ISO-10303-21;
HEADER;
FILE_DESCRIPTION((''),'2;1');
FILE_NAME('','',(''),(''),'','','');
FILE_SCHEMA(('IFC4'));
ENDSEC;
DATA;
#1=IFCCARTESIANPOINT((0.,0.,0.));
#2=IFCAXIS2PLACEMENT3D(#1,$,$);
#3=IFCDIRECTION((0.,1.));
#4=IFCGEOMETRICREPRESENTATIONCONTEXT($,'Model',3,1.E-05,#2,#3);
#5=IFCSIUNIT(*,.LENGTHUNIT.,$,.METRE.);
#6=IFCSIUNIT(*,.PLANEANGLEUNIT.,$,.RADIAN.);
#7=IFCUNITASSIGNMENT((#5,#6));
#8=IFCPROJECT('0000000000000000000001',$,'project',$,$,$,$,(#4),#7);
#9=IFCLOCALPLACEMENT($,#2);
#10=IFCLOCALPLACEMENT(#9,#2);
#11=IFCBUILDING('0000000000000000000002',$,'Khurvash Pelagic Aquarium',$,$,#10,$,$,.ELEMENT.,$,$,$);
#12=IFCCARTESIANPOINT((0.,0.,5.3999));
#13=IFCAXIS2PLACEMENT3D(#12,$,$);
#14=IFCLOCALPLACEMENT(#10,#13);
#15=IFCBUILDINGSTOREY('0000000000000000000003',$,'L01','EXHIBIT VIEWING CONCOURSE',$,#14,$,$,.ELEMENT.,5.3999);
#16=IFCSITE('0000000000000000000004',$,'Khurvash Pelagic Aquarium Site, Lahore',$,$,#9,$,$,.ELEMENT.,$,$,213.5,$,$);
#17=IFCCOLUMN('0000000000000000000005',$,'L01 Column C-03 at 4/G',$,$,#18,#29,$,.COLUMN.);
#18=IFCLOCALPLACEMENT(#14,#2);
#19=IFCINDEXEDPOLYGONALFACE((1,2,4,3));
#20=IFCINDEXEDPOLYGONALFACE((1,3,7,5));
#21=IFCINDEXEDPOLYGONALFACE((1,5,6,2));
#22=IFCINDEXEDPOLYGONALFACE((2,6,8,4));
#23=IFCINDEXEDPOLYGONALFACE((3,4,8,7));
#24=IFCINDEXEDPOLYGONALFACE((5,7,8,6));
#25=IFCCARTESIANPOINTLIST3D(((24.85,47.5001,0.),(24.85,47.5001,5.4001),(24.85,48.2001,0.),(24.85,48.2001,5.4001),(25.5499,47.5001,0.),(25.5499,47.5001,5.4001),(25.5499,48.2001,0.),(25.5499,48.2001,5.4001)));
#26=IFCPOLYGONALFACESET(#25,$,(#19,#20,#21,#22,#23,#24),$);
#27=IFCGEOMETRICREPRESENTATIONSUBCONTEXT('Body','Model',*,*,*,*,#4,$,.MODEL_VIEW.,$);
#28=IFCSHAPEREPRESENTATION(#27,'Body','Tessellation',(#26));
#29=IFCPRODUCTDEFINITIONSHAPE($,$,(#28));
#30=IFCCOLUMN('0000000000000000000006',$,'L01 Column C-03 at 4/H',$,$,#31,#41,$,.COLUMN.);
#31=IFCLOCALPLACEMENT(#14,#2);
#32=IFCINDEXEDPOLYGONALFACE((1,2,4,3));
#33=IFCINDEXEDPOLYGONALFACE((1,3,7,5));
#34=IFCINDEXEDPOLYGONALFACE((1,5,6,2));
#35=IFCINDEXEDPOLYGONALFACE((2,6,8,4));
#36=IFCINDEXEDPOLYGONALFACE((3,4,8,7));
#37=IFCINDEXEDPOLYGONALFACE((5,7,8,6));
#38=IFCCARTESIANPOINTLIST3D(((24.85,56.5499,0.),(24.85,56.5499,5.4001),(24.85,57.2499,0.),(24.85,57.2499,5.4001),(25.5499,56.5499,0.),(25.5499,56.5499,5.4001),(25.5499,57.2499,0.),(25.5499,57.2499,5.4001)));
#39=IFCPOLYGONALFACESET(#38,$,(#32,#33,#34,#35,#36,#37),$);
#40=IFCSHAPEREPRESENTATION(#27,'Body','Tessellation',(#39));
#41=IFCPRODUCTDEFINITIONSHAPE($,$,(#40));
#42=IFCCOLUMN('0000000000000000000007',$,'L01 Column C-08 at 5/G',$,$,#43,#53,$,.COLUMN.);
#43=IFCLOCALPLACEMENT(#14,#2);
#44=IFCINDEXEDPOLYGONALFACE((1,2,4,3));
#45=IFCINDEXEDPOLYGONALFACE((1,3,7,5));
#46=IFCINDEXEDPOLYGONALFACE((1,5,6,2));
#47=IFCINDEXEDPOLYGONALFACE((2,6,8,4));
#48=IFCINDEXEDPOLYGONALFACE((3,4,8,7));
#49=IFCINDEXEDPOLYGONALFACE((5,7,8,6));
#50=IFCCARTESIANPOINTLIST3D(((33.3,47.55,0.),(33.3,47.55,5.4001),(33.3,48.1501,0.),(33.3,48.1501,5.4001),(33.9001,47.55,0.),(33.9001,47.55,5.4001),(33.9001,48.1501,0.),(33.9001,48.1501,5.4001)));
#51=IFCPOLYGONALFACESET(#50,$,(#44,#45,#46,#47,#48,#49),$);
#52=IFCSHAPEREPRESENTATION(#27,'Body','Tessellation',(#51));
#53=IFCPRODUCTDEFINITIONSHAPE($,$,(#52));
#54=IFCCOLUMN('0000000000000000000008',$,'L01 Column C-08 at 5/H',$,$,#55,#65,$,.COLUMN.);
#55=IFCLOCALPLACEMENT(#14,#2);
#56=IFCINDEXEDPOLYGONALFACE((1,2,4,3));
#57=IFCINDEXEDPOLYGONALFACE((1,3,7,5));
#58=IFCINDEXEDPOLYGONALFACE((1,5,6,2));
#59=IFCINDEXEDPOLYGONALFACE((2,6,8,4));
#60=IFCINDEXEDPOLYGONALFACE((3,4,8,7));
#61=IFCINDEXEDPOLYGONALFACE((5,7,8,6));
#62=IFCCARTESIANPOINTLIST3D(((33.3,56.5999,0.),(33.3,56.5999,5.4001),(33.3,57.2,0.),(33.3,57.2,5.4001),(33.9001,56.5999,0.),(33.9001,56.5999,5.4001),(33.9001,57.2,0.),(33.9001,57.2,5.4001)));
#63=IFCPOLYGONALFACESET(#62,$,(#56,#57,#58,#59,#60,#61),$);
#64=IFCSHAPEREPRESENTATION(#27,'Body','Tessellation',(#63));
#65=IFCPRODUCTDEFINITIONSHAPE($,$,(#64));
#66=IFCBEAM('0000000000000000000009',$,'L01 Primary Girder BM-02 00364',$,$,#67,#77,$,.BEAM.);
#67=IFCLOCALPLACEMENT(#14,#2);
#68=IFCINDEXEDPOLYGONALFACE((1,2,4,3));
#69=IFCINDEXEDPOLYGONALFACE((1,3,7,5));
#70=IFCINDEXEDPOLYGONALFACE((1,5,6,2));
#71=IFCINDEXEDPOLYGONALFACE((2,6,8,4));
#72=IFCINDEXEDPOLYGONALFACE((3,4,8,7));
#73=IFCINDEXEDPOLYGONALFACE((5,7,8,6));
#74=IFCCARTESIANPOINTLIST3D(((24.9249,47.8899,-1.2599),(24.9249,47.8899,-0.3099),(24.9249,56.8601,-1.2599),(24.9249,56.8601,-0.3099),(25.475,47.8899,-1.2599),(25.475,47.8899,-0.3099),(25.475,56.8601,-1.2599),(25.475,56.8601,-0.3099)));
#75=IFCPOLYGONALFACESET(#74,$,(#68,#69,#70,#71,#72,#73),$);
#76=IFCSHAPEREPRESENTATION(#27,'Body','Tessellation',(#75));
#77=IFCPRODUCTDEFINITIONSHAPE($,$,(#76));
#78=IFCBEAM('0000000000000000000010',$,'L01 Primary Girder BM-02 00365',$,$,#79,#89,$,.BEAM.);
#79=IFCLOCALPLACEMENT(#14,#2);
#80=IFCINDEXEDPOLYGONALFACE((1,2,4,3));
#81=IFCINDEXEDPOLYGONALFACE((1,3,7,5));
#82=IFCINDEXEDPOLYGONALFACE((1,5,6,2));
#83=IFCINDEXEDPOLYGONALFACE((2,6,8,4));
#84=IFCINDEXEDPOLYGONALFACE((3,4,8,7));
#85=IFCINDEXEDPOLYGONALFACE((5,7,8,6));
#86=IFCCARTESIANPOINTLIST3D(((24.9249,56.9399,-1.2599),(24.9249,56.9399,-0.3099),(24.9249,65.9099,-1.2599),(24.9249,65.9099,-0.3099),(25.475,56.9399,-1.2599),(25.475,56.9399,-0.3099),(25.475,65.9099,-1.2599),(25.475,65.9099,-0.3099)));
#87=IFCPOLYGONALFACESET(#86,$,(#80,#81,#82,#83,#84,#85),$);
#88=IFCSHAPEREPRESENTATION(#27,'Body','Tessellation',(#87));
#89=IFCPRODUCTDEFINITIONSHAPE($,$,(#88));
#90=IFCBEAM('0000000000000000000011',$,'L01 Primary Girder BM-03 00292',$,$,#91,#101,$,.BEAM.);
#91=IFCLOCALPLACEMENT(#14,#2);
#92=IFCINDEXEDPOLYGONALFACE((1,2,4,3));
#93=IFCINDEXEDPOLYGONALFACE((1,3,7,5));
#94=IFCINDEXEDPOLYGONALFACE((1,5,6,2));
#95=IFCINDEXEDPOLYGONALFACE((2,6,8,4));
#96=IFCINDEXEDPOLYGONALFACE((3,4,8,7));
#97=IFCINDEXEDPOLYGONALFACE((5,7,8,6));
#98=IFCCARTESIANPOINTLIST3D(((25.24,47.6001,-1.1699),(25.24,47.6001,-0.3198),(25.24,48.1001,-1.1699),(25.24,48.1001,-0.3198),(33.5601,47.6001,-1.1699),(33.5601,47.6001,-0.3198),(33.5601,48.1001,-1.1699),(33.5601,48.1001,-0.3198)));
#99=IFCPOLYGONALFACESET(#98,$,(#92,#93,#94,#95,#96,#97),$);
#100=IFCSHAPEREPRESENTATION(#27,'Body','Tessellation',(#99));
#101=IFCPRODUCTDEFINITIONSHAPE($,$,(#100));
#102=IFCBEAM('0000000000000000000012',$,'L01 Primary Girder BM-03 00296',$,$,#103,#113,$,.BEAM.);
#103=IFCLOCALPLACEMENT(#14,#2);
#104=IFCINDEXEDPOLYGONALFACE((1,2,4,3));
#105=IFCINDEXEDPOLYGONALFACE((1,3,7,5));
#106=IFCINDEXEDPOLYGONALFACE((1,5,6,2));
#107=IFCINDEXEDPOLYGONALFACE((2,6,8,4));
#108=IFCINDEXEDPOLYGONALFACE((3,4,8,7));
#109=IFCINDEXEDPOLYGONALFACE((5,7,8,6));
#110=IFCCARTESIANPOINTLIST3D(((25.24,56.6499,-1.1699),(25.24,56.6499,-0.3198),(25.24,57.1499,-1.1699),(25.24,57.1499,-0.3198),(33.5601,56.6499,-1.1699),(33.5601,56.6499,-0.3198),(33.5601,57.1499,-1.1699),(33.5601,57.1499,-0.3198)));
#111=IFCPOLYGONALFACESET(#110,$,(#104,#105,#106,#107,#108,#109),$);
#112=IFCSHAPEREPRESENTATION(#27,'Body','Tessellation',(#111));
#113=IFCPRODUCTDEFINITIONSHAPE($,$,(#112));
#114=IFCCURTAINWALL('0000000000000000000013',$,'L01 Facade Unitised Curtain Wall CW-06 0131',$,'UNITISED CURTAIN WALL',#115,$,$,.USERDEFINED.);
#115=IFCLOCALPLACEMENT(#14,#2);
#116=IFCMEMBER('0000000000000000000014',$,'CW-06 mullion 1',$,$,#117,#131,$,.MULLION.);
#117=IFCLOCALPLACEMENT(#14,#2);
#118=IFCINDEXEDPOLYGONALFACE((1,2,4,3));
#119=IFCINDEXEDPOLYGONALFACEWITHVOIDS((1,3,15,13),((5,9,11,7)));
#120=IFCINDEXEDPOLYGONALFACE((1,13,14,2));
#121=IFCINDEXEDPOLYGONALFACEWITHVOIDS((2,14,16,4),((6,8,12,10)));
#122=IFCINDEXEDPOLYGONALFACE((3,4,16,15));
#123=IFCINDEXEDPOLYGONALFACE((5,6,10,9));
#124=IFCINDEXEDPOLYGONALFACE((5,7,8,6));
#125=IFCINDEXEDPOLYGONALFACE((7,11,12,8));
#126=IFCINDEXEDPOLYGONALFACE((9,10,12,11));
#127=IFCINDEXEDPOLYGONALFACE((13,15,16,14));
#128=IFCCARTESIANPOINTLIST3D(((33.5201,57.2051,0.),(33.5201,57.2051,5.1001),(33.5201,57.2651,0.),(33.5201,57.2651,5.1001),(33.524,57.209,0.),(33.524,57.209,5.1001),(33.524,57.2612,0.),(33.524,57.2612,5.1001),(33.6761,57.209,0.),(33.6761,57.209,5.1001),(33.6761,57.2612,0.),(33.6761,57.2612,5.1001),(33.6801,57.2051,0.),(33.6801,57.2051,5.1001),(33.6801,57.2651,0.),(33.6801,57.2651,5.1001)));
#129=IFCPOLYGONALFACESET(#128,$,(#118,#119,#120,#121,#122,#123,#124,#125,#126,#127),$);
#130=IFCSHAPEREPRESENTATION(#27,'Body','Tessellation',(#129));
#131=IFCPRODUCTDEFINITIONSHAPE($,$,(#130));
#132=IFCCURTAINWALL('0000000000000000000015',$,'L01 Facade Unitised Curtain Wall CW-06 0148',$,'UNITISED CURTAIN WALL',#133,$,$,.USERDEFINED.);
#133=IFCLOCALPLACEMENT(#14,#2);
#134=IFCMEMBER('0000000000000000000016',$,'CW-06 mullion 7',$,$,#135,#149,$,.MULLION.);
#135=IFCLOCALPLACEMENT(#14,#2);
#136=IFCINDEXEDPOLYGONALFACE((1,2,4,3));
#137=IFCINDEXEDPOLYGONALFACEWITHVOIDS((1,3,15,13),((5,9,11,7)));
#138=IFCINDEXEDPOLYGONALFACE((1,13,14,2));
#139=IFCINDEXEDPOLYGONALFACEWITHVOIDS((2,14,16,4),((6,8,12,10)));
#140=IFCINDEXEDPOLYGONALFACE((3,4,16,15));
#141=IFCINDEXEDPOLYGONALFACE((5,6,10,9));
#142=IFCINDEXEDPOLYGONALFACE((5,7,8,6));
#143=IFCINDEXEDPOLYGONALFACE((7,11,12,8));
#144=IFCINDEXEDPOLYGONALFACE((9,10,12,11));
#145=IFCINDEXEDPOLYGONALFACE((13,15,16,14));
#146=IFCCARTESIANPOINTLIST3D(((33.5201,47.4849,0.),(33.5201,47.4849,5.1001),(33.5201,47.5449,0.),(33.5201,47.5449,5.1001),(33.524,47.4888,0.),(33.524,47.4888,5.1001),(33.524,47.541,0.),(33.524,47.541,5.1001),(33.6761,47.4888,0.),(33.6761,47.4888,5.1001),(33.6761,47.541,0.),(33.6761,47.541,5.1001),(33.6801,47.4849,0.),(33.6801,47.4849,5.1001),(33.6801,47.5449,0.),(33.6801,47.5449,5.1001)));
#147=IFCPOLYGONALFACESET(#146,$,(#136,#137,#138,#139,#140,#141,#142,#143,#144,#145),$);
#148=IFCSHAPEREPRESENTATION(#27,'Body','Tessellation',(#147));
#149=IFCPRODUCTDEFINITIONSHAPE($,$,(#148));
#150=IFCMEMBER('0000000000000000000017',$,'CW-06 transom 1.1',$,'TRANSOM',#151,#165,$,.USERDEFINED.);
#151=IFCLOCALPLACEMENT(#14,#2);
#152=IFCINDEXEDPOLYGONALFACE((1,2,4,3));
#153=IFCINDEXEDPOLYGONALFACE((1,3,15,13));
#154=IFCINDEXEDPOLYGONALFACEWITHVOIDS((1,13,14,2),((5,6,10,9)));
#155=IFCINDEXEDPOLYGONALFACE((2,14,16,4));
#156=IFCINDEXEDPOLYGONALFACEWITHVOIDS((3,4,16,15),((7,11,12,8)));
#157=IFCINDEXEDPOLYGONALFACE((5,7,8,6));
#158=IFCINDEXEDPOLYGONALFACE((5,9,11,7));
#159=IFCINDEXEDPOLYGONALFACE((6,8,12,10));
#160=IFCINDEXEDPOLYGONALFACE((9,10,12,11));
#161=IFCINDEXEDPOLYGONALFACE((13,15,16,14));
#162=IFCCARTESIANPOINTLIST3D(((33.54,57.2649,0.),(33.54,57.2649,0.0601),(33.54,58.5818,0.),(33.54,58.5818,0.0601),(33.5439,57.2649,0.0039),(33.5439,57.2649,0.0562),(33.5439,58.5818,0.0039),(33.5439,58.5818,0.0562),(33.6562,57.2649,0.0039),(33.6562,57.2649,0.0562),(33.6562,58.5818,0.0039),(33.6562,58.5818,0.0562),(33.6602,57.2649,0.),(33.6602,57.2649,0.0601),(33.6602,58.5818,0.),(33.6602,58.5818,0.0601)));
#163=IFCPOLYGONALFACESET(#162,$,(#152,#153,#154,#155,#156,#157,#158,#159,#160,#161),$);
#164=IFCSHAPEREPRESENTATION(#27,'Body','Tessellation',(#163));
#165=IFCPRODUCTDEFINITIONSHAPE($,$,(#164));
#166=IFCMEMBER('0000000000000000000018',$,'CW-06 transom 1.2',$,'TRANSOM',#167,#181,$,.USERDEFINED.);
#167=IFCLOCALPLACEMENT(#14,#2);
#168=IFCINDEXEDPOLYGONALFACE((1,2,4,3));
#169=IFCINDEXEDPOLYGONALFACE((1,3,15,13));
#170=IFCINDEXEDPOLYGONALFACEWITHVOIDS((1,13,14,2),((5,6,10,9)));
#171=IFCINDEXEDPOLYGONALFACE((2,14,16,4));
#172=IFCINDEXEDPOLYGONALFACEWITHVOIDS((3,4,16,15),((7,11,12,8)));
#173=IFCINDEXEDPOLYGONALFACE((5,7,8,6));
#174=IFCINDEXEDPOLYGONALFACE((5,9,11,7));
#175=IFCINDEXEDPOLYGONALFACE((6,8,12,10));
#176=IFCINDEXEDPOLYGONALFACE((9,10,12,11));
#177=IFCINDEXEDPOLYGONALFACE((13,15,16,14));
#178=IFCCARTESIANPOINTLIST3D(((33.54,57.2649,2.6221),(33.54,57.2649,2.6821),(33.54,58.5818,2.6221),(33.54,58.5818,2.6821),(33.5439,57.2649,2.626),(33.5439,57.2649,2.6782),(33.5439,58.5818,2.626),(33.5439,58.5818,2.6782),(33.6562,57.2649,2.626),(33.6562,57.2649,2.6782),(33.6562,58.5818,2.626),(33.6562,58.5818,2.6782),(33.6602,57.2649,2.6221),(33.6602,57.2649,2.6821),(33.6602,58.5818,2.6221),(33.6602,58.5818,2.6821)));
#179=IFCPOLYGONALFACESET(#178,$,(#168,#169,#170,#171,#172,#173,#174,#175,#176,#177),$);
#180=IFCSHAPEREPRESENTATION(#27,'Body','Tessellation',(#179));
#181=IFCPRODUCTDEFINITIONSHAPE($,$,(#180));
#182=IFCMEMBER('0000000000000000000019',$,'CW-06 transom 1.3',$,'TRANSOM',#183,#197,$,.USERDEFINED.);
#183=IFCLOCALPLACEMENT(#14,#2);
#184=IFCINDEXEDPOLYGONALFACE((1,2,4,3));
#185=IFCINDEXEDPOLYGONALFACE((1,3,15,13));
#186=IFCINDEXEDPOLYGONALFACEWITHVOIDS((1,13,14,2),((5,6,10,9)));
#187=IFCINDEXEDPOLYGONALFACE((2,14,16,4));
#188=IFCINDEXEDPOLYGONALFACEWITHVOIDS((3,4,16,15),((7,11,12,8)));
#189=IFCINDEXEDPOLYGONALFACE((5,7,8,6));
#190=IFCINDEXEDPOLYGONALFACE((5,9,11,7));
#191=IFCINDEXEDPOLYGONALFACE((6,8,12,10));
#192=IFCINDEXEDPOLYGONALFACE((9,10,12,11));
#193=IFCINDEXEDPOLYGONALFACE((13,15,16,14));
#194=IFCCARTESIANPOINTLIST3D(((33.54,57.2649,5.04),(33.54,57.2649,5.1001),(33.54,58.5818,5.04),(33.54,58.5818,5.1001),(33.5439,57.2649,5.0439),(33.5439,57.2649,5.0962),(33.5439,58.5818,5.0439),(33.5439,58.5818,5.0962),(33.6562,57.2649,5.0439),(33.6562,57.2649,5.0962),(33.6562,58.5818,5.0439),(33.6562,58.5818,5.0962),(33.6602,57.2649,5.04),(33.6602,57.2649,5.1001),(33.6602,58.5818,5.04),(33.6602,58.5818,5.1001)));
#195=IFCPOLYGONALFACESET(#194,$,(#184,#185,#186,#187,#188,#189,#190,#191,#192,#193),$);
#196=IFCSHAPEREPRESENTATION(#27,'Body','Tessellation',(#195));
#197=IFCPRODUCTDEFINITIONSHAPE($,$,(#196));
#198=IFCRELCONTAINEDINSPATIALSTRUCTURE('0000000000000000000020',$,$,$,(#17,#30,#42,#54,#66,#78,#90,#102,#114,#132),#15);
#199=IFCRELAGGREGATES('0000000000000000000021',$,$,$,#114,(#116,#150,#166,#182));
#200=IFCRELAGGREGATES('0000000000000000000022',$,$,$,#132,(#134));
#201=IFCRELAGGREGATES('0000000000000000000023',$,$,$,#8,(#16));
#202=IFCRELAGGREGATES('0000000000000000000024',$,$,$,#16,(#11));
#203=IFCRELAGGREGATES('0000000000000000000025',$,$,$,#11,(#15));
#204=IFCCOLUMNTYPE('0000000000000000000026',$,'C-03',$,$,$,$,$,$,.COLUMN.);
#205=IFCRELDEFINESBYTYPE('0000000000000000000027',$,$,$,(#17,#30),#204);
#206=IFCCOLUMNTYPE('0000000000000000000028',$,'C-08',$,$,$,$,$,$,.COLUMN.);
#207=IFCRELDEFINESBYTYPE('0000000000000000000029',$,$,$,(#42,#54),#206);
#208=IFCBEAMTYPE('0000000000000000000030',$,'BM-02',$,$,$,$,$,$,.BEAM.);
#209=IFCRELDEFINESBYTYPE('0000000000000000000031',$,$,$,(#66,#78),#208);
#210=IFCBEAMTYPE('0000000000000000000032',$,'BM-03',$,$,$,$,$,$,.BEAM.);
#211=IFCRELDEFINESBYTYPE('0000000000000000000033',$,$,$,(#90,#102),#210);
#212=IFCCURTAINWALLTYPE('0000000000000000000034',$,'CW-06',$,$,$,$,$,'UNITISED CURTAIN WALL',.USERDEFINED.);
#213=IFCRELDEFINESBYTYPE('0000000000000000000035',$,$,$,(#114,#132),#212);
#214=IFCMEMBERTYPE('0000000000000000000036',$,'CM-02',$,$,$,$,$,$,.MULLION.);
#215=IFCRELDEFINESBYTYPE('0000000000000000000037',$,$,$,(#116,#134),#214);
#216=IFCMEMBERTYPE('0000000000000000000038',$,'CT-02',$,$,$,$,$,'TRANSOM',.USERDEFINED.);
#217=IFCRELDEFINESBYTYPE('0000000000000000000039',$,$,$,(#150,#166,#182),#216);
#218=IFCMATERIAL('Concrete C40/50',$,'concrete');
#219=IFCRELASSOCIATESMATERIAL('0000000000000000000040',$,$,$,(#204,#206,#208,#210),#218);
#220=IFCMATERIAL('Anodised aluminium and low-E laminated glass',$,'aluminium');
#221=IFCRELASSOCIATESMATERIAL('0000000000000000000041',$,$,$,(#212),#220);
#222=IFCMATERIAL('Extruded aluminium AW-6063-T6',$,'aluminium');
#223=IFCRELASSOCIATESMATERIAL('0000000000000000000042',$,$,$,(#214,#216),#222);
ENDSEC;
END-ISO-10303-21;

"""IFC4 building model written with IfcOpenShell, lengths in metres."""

from ifc_helpers import new_model, si_unit, direction, frame, origin, origin_2d, place, context, subcontext, project, spatial, rectangle, hollow_rectangle, extrude, material, material_profile, profile_set, type_object, element, aggregate, save


model = new_model("IFC4")

# Units and contexts
model_context = context("Model", 3, precision=1e-05, world=origin(), true_north=direction((0.0, 1.0)))
body_context = subcontext(model_context, "Body", "Model", "MODEL_VIEW")
ifc_project = project(units=[si_unit("LENGTHUNIT", "METRE"), si_unit("PLANEANGLEUNIT", "RADIAN")], contexts=[model_context])

# Site, building, storey
site_placement = place(None, origin())
site = spatial("IfcSite", under=ifc_project, at=site_placement, Name="Khurvash Pelagic Aquarium Site, Lahore", CompositionType="ELEMENT", RefElevation=213.5)
building_placement = place(site_placement, origin())
building = spatial("IfcBuilding", under=site, at=building_placement, Name="Khurvash Pelagic Aquarium", CompositionType="ELEMENT")
storey_placement = place(building_placement, frame((0.0, 0.0, 5.3999)))
storey = spatial("IfcBuildingStorey", under=building, at=storey_placement, Name="L01", Description="EXHIBIT VIEWING CONCOURSE", CompositionType="ELEMENT", Elevation=5.3999)

# Columns
ifc_material_1 = material(Name="Concrete C40/50", Category="concrete")
ifc_material_profile_1 = material_profile(ifc_material_1, rectangle(XDim=0.7, YDim=0.7, at=origin_2d()), Name="RC700X700")
ifc_profile_set_1 = profile_set([ifc_material_profile_1], Name="Concrete C40/50")
column_type_1 = type_object("IfcColumnType", Name="C-03", PredefinedType="COLUMN", material=ifc_profile_set_1)
for number, where, z_axis, x_axis, name in (
    (1, (25.2, 47.8501, 0.0), (0.0, 0.0, 1.0), (1.0, 0.0, 0.0), "L01 Column C-03 at 4/G"),
    (2, (25.2, 56.8999, 0.0), (0.0, 0.0, 1.0), (1.0, 0.0, 0.0), "L01 Column C-03 at 4/H"),
):
    element("IfcColumn", number, at=place(storey_placement, frame(where, z_axis=z_axis, x_axis=x_axis)), inside=storey, type_object=column_type_1, Name=name, PredefinedType="COLUMN", context=body_context, shape_type="SweptSolid", body=[
        extrude(rectangle(XDim=0.7, YDim=0.7, at=origin_2d()), origin(), (0.0, 0.0, 1.0), 5.4001),
    ])
ifc_material_profile_2 = material_profile(ifc_material_1, rectangle(XDim=0.6001, YDim=0.6001, at=origin_2d()), Name="RC600X600")
ifc_profile_set_2 = profile_set([ifc_material_profile_2], Name="Concrete C40/50")
column_type_2 = type_object("IfcColumnType", Name="C-08", PredefinedType="COLUMN", material=ifc_profile_set_2)
for number, where, z_axis, x_axis, name in (
    (3, (33.6001, 47.8501, 0.0), (0.0, 0.0, 1.0), (1.0, 0.0, 0.0), "L01 Column C-08 at 5/G"),
    (4, (33.6001, 56.8999, 0.0), (0.0, 0.0, 1.0), (1.0, 0.0, 0.0), "L01 Column C-08 at 5/H"),
):
    element("IfcColumn", number, at=place(storey_placement, frame(where, z_axis=z_axis, x_axis=x_axis)), inside=storey, type_object=column_type_2, Name=name, PredefinedType="COLUMN", context=body_context, shape_type="SweptSolid", body=[
        extrude(rectangle(XDim=0.6001, YDim=0.6001, at=origin_2d()), origin(), (0.0, 0.0, 1.0), 5.4001),
    ])

# Beams
ifc_material_profile_3 = material_profile(ifc_material_1, rectangle(XDim=0.55, YDim=0.95, at=origin_2d()), Name="RC550X950")
ifc_profile_set_3 = profile_set([ifc_material_profile_3], Name="Concrete C40/50")
beam_type_1 = type_object("IfcBeamType", Name="BM-02", PredefinedType="BEAM", material=ifc_profile_set_3)
beam_1_placement = place(storey_placement, frame((25.2, 47.8899, -0.7849), z_axis=(0.0, 1.0, 0.0), x_axis=(-1.0, 0.0, 0.0)))
element("IfcBeam", 5, at=beam_1_placement, inside=storey, type_object=beam_type_1, Name="L01 Primary Girder BM-02 00364", PredefinedType="BEAM", context=body_context, shape_type="SweptSolid", body=[
    extrude(rectangle(XDim=0.55, YDim=0.95, at=origin_2d()), origin(), (0.0, 0.0, 1.0), 8.9702),
])
beam_2_placement = place(storey_placement, frame((25.2, 56.9399, -0.7849), z_axis=(0.0, 1.0, 0.0), x_axis=(-1.0, 0.0, 0.0)))
element("IfcBeam", 6, at=beam_2_placement, inside=storey, type_object=beam_type_1, Name="L01 Primary Girder BM-02 00365", PredefinedType="BEAM", context=body_context, shape_type="SweptSolid", body=[
    extrude(rectangle(XDim=0.55, YDim=0.95, at=origin_2d()), origin(), (0.0, 0.0, 1.0), 8.97),
])
ifc_material_profile_4 = material_profile(ifc_material_1, rectangle(XDim=0.5, YDim=0.8501, at=origin_2d()), Name="RC500X850")
ifc_profile_set_4 = profile_set([ifc_material_profile_4], Name="Concrete C40/50")
beam_type_2 = type_object("IfcBeamType", Name="BM-03", PredefinedType="BEAM", material=ifc_profile_set_4)
for number, where, z_axis, x_axis, name in (
    (7, (25.24, 47.8501, -0.7449), (1.0, 0.0, 0.0), (0.0, 1.0, 0.0), "L01 Primary Girder BM-03 00292"),
    (8, (25.24, 56.8999, -0.7449), (1.0, 0.0, 0.0), (0.0, 1.0, 0.0), "L01 Primary Girder BM-03 00296"),
):
    element("IfcBeam", number, at=place(storey_placement, frame(where, z_axis=z_axis, x_axis=x_axis)), inside=storey, type_object=beam_type_2, Name=name, PredefinedType="BEAM", context=body_context, shape_type="SweptSolid", body=[
        extrude(rectangle(XDim=0.5, YDim=0.8501, at=origin_2d()), origin(), (0.0, 0.0, 1.0), 8.3201),
    ])

# Curtain walls, members
ifc_material_2 = material(Name="Anodised aluminium and low-E laminated glass", Category="aluminium")
curtain_wall_type = type_object("IfcCurtainWallType", Name="CW-06", ElementType="UNITISED CURTAIN WALL", PredefinedType="USERDEFINED", material=ifc_material_2)
curtain_wall_1_placement = place(storey_placement, origin())
curtain_wall_1 = element("IfcCurtainWall", 9, at=curtain_wall_1_placement, inside=storey, type_object=curtain_wall_type, Name="L01 Facade Unitised Curtain Wall CW-06 0131", ObjectType="UNITISED CURTAIN WALL", PredefinedType="USERDEFINED")
ifc_material_3 = material(Name="Extruded aluminium AW-6063-T6", Category="aluminium")
ifc_material_profile_5 = material_profile(ifc_material_3, hollow_rectangle(XDim=0.0601, YDim=0.1599, WallThickness=0.0039, at=origin_2d()), Name="CWM60X160X4")
ifc_profile_set_5 = profile_set([ifc_material_profile_5], Name="Extruded aluminium AW-6063-T6")
member_type_1 = type_object("IfcMemberType", Name="CM-02", PredefinedType="MULLION", material=ifc_profile_set_5)
member_1_placement = place(storey_placement, frame((33.6001, 57.2351, 0.0), z_axis=(0.0, 0.0, 1.0), x_axis=(0.0, 1.0, 0.0)))
member_1 = element("IfcMember", 10, at=member_1_placement, type_object=member_type_1, Name="CW-06 mullion 1", PredefinedType="MULLION", context=body_context, shape_type="SweptSolid", body=[
    extrude(hollow_rectangle(XDim=0.0601, YDim=0.1599, WallThickness=0.0039, at=origin_2d()), origin(), (0.0, 0.0, 1.0), 5.1001),
])
curtain_wall_2_placement = place(storey_placement, origin())
curtain_wall_2 = element("IfcCurtainWall", 11, at=curtain_wall_2_placement, inside=storey, type_object=curtain_wall_type, Name="L01 Facade Unitised Curtain Wall CW-06 0148", ObjectType="UNITISED CURTAIN WALL", PredefinedType="USERDEFINED")
member_2_placement = place(storey_placement, frame((33.6001, 47.5149, 0.0), z_axis=(0.0, 0.0, 1.0), x_axis=(0.0, 1.0, 0.0)))
member_2 = element("IfcMember", 12, at=member_2_placement, type_object=member_type_1, Name="CW-06 mullion 7", PredefinedType="MULLION", context=body_context, shape_type="SweptSolid", body=[
    extrude(hollow_rectangle(XDim=0.0601, YDim=0.1599, WallThickness=0.0039, at=origin_2d()), origin(), (0.0, 0.0, 1.0), 5.1001),
])

# Members
ifc_material_profile_6 = material_profile(ifc_material_3, hollow_rectangle(XDim=0.1201, YDim=0.0601, WallThickness=0.0039, at=origin_2d()), Name="CWT120X60X4")
ifc_profile_set_6 = profile_set([ifc_material_profile_6], Name="Extruded aluminium AW-6063-T6")
member_type_2 = type_object("IfcMemberType", Name="CT-02", ElementType="TRANSOM", PredefinedType="USERDEFINED", material=ifc_profile_set_6)
member_3_placement = place(storey_placement, frame((33.6001, 57.2649, 0.03), z_axis=(0.0, 1.0, 0.0), x_axis=(-1.0, 0.0, 0.0)))
member_3 = element("IfcMember", 13, at=member_3_placement, type_object=member_type_2, Name="CW-06 transom 1.1", ObjectType="TRANSOM", PredefinedType="USERDEFINED", context=body_context, shape_type="SweptSolid", body=[
    extrude(hollow_rectangle(XDim=0.1201, YDim=0.0601, WallThickness=0.0039, at=origin_2d()), origin(), (0.0, 0.0, 1.0), 1.3169),
])
member_4_placement = place(storey_placement, frame((33.6001, 57.2649, 2.6521), z_axis=(0.0, 1.0, 0.0), x_axis=(-1.0, 0.0, 0.0)))
member_4 = element("IfcMember", 14, at=member_4_placement, type_object=member_type_2, Name="CW-06 transom 1.2", ObjectType="TRANSOM", PredefinedType="USERDEFINED", context=body_context, shape_type="SweptSolid", body=[
    extrude(hollow_rectangle(XDim=0.1201, YDim=0.0601, WallThickness=0.0039, at=origin_2d()), origin(), (0.0, 0.0, 1.0), 1.3169),
])
member_5_placement = place(storey_placement, frame((33.6001, 57.2649, 5.0701), z_axis=(0.0, 1.0, 0.0), x_axis=(-1.0, 0.0, 0.0)))
member_5 = element("IfcMember", 15, at=member_5_placement, type_object=member_type_2, Name="CW-06 transom 1.3", ObjectType="TRANSOM", PredefinedType="USERDEFINED", context=body_context, shape_type="SweptSolid", body=[
    extrude(hollow_rectangle(XDim=0.1201, YDim=0.0601, WallThickness=0.0039, at=origin_2d()), origin(), (0.0, 0.0, 1.0), 1.3169),
])
aggregate(curtain_wall_1, [member_1, member_3, member_4, member_5])

aggregate(curtain_wall_2, [member_2])

save(model, "model.ifc")
